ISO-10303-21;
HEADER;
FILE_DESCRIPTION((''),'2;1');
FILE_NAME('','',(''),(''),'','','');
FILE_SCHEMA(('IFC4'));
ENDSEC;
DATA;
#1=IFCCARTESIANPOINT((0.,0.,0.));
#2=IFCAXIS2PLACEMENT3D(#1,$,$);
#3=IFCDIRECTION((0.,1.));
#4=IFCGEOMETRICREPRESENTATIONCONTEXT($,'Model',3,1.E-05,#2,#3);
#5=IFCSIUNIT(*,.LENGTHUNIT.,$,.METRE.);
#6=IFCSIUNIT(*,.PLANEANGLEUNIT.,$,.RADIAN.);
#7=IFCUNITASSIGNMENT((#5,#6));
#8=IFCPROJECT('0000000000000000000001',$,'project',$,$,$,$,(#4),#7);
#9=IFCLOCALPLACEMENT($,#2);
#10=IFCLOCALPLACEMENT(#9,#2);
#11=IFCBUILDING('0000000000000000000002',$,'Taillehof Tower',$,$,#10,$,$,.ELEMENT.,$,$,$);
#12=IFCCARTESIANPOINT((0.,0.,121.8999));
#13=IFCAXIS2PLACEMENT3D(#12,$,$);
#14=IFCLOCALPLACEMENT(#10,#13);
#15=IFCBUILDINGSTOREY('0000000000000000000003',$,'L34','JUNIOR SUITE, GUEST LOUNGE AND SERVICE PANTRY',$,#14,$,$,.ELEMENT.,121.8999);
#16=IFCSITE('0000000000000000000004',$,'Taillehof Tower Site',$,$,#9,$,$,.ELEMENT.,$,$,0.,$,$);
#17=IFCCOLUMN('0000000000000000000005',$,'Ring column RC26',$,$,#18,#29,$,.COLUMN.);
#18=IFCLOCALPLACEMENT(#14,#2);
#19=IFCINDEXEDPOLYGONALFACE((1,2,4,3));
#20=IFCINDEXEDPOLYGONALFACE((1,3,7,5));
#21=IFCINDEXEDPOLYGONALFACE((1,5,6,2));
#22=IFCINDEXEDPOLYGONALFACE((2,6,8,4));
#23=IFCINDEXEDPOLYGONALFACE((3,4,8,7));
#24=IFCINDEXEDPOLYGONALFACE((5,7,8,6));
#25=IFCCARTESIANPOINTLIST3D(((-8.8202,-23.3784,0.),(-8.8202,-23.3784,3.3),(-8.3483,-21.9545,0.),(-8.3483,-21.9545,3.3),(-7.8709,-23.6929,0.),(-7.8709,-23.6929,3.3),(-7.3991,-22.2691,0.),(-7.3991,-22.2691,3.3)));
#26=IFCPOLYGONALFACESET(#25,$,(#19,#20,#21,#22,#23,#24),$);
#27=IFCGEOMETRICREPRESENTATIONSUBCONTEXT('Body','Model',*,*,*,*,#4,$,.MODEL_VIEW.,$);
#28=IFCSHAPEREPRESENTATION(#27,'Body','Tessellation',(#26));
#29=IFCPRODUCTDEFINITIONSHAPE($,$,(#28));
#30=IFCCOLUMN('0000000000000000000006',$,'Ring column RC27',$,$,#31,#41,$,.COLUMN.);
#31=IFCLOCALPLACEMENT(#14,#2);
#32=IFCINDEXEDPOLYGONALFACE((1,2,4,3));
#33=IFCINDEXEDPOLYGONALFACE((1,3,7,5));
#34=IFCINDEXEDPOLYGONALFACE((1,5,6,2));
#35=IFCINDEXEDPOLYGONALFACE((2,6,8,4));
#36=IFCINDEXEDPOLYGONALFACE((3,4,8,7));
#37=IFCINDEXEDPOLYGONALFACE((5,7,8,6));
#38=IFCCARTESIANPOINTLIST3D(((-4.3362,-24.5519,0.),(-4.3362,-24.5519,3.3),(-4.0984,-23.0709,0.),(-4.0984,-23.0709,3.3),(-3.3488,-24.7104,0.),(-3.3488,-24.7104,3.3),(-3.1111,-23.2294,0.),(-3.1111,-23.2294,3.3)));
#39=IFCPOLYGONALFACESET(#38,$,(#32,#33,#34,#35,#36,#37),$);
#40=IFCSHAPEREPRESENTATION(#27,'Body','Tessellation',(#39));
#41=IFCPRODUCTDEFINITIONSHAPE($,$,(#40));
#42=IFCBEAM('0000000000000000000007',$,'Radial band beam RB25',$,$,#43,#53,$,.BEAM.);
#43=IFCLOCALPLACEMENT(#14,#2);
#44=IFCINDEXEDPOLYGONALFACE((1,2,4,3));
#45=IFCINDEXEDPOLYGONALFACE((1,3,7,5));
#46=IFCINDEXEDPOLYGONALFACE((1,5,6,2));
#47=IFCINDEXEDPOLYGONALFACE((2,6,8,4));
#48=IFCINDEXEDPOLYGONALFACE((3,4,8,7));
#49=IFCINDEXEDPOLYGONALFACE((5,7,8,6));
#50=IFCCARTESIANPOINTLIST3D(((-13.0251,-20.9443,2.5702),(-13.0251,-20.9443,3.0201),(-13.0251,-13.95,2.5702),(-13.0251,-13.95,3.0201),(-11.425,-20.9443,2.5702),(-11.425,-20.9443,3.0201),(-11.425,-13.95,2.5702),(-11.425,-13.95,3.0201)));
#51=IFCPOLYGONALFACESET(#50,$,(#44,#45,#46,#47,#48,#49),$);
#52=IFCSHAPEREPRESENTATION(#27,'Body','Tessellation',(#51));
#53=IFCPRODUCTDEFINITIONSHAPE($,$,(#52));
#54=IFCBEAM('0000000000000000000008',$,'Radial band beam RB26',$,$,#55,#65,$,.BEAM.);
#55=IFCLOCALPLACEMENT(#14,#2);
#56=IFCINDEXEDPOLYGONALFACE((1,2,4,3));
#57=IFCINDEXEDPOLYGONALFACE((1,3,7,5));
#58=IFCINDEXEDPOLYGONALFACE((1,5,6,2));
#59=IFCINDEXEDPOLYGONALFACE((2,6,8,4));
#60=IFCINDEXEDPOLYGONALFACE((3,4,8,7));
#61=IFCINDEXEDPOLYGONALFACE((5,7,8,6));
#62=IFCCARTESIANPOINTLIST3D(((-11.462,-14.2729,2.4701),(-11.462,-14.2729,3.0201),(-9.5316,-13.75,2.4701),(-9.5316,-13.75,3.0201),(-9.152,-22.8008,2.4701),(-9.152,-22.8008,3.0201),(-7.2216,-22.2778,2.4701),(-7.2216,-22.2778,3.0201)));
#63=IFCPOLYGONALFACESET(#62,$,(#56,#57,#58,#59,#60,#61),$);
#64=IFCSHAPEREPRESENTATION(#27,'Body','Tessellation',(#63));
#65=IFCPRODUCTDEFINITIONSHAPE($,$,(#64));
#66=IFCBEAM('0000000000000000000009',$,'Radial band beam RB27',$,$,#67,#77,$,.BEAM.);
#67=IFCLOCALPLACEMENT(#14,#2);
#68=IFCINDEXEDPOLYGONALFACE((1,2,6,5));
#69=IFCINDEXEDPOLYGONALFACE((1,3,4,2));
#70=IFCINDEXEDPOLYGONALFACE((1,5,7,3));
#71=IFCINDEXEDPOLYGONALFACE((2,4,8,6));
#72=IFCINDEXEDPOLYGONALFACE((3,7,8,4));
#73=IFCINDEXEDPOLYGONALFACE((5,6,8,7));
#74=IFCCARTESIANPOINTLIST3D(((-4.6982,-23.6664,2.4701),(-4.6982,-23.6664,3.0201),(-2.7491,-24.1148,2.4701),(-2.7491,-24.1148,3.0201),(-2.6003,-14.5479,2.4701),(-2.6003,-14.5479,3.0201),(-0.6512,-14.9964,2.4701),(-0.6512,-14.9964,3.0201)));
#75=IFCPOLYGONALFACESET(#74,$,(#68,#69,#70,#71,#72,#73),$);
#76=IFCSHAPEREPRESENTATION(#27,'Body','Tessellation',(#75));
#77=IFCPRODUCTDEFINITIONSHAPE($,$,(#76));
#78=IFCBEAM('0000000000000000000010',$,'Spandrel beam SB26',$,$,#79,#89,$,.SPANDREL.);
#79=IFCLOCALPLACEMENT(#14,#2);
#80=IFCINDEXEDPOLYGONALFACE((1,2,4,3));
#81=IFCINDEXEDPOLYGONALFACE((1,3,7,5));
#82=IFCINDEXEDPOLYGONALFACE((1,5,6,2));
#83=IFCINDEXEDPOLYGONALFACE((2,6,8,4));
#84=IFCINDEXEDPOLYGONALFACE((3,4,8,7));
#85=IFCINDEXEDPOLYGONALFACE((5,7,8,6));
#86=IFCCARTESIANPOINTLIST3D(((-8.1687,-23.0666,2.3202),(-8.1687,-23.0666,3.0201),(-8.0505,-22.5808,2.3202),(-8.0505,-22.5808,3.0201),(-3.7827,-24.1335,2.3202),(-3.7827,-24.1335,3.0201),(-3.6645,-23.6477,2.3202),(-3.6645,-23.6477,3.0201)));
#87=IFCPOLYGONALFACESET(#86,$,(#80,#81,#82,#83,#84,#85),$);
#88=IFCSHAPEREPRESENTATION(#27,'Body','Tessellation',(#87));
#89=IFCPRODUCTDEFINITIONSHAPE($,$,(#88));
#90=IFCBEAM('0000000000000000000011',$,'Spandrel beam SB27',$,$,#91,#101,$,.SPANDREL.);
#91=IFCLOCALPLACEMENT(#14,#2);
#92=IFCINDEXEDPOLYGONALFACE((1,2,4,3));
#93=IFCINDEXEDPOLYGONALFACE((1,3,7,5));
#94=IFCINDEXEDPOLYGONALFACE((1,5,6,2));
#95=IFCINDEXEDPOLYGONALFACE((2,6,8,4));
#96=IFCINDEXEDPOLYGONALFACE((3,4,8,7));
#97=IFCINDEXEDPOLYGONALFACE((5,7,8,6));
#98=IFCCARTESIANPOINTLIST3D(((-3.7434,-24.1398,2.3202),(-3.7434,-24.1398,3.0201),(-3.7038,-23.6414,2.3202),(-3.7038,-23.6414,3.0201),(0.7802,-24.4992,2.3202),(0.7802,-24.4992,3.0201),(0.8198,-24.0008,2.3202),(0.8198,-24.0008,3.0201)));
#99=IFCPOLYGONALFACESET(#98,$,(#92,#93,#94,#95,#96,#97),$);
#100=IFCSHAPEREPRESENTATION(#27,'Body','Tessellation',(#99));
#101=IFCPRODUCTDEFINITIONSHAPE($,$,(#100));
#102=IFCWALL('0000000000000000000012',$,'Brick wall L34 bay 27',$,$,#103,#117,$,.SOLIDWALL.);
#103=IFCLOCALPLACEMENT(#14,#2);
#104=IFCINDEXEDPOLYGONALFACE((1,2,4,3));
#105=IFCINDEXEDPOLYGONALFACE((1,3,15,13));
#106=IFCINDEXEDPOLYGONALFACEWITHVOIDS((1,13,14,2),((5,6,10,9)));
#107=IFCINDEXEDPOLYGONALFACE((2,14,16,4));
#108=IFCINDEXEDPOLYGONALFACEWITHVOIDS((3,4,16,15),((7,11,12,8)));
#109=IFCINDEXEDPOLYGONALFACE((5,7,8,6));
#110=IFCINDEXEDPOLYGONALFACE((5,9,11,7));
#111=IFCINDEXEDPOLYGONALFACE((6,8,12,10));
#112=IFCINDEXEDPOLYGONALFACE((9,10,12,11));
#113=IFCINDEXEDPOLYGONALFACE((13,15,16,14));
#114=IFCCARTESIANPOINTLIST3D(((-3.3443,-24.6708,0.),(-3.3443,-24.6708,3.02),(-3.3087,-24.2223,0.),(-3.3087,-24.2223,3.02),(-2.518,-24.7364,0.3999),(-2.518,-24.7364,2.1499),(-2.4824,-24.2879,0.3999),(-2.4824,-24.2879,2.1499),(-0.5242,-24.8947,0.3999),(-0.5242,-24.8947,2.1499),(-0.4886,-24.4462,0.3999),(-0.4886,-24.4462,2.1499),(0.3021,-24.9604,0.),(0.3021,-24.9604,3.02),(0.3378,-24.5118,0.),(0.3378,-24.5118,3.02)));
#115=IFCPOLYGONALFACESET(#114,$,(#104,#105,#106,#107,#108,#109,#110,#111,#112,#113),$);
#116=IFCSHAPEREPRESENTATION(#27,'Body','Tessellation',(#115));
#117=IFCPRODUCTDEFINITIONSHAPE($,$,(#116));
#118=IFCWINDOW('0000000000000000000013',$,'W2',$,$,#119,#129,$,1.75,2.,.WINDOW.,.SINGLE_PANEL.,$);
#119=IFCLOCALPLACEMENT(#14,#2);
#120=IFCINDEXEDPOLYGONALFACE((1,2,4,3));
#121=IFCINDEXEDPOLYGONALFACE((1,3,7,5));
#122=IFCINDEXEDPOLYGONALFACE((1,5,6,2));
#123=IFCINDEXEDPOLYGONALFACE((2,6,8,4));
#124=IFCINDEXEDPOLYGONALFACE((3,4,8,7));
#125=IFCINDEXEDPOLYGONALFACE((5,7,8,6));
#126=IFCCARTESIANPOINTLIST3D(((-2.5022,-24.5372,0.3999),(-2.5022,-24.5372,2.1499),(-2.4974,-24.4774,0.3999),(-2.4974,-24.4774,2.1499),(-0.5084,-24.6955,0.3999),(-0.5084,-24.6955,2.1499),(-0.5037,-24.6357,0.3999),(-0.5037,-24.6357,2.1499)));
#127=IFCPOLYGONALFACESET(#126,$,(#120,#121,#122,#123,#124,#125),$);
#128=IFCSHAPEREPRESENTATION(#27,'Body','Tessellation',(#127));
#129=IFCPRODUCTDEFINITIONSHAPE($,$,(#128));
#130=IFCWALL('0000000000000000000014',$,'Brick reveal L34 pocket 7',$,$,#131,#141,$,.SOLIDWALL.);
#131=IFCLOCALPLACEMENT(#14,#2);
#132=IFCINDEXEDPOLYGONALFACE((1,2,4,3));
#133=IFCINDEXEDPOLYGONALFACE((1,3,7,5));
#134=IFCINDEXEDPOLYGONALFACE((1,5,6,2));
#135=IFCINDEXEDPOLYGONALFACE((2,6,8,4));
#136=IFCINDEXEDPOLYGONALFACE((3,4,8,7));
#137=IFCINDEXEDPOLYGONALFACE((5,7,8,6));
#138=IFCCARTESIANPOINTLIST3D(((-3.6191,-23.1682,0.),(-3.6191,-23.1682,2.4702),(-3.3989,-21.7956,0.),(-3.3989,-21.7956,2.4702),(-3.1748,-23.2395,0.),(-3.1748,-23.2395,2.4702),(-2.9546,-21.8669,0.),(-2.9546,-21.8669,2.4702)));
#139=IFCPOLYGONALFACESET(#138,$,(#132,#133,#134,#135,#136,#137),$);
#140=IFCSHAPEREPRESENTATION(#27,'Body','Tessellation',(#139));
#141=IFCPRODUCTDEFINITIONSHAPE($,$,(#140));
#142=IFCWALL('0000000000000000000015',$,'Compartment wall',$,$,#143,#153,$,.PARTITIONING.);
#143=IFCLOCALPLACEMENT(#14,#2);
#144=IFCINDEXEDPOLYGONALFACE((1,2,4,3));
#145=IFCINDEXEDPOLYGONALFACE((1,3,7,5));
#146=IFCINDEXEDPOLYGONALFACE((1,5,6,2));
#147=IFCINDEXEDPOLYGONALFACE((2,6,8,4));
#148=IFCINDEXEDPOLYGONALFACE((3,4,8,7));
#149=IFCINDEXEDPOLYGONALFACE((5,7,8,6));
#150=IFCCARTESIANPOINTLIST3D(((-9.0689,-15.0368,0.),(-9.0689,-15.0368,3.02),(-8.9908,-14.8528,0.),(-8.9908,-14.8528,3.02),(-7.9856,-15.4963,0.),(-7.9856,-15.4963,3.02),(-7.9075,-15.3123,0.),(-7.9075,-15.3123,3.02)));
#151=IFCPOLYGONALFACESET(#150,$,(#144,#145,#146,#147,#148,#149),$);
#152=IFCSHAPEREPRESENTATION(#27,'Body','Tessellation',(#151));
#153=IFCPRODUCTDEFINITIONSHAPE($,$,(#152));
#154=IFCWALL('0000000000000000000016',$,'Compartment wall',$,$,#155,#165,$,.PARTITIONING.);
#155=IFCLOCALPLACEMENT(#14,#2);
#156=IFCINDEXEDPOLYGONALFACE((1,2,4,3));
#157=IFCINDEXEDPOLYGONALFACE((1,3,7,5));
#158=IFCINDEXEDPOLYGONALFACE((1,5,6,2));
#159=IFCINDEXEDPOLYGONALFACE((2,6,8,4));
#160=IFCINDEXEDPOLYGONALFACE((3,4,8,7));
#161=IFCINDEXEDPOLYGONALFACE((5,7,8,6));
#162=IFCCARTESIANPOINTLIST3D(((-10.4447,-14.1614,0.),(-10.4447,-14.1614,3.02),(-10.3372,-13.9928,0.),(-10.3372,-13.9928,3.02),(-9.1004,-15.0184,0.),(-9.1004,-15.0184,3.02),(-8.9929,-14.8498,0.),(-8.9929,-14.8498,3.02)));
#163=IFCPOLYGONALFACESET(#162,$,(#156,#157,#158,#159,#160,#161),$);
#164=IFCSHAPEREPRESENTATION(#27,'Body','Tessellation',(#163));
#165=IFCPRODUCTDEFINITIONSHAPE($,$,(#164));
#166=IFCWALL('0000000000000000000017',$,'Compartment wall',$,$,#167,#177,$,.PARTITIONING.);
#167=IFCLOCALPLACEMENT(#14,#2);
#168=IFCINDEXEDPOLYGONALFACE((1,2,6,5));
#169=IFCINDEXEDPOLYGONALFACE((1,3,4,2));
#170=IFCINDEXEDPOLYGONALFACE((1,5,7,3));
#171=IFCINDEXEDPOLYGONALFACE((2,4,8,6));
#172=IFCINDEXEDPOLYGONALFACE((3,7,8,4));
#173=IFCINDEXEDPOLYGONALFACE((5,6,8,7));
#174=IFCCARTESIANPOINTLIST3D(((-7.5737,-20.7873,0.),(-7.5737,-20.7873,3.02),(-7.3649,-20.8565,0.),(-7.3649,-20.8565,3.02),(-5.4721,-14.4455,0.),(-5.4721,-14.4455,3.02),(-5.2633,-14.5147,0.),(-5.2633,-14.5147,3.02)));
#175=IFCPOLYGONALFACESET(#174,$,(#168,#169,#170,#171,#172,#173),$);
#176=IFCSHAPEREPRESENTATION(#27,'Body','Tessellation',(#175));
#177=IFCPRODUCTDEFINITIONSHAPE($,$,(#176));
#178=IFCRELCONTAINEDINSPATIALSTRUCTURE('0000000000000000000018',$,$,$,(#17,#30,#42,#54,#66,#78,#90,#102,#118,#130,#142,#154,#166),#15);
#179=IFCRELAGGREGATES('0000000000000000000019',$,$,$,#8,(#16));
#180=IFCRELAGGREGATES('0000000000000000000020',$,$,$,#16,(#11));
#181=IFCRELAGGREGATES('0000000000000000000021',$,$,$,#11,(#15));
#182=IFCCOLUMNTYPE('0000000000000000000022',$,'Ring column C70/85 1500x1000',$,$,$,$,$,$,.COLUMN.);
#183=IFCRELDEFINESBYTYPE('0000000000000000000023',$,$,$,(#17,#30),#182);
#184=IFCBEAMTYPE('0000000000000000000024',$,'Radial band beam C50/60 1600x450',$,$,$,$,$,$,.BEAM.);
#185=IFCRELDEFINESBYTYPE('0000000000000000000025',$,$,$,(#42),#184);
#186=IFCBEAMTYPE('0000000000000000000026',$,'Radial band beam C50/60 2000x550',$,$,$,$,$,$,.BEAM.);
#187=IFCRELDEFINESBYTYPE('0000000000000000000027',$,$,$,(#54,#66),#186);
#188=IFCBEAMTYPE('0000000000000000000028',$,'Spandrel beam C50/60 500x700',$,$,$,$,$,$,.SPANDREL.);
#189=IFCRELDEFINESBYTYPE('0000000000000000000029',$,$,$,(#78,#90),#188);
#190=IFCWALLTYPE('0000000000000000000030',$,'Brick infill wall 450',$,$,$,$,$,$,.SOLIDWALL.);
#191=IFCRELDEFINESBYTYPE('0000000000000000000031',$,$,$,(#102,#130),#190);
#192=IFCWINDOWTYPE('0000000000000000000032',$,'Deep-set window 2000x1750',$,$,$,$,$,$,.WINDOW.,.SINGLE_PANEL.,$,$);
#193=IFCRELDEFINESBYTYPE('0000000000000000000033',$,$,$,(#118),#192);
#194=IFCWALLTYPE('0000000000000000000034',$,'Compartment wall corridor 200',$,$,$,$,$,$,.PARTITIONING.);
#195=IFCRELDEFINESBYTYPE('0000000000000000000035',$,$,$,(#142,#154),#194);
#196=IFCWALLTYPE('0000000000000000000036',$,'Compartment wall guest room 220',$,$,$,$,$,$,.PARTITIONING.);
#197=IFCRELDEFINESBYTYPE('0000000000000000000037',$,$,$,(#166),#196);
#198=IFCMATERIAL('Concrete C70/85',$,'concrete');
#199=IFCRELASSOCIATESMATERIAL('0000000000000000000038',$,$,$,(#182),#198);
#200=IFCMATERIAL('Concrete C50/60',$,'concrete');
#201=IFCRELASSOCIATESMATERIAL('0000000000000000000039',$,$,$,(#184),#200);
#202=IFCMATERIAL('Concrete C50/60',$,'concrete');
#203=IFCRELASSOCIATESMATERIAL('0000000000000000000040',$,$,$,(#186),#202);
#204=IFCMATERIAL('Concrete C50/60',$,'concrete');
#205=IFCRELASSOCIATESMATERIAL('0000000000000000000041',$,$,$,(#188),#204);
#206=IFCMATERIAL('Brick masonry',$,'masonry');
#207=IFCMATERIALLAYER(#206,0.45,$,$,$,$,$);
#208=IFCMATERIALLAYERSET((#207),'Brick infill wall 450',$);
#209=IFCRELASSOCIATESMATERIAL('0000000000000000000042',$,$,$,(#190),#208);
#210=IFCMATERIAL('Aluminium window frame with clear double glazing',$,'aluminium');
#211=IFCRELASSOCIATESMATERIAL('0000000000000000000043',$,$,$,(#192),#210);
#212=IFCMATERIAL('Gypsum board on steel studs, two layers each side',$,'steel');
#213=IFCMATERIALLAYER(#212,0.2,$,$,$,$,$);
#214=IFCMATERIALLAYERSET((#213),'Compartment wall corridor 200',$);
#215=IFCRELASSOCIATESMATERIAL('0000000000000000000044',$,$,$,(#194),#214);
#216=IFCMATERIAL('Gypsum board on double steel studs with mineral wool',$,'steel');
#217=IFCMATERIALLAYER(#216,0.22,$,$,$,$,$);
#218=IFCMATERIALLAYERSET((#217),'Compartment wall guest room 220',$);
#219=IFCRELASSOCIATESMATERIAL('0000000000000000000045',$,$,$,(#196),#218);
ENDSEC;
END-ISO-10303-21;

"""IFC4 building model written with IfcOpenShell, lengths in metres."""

from ifc_helpers import new_model, si_unit, direction, frame, frame_2d, origin, origin_2d, place, context, subcontext, project, spatial, rectangle, extrude, material, layer, layer_set, material_profile, profile_set, type_object, element, fill, save


model = new_model("IFC4")

# Units and contexts
model_context = context("Model", 3, precision=1e-05, world=origin(), true_north=direction((0.0, 1.0)))
body_context = subcontext(model_context, "Body", "Model", "MODEL_VIEW")
ifc_project = project(units=[si_unit("LENGTHUNIT", "METRE"), si_unit("PLANEANGLEUNIT", "RADIAN")], contexts=[model_context])

# Site, building, storey
site_placement = place(None, origin())
site = spatial("IfcSite", under=ifc_project, at=site_placement, Name="Taillehof Tower Site", CompositionType="ELEMENT", RefElevation=0.0)
building_placement = place(site_placement, origin())
building = spatial("IfcBuilding", under=site, at=building_placement, Name="Taillehof Tower", CompositionType="ELEMENT")
storey_placement = place(building_placement, frame((0.0, 0.0, 121.8999)))
storey = spatial("IfcBuildingStorey", under=building, at=storey_placement, Name="L34", Description="JUNIOR SUITE, GUEST LOUNGE AND SERVICE PANTRY", CompositionType="ELEMENT", Elevation=121.8999)

# Columns
ifc_material_1 = material(Name="Concrete C70/85", Category="concrete")
ifc_material_profile_1 = material_profile(ifc_material_1, rectangle(XDim=1.5, YDim=1.0, at=origin_2d()), Name="RC 1500x1000")
ifc_profile_set_1 = profile_set([ifc_material_profile_1], Name="Concrete C70/85")
column_type = type_object("IfcColumnType", Name="Ring column C70/85 1500x1000", PredefinedType="COLUMN", material=ifc_profile_set_1)
for number, where, z_axis, x_axis, name in (
    (1, (-8.1096, -22.8237, 0.0), (0.0, 0.0, 1.0), (-0.314555, -0.949239, 0.0), "Ring column RC26"),
    (2, (-3.7236, -23.8906, 0.0), (0.0, 0.0, 1.0), (-0.158507, -0.987358, 0.0), "Ring column RC27"),
):
    element("IfcColumn", number, at=place(storey_placement, frame(where, z_axis=z_axis, x_axis=x_axis)), inside=storey, type_object=column_type, Name=name, PredefinedType="COLUMN", context=body_context, shape_type="SweptSolid", body=[
        extrude(rectangle(XDim=1.5, YDim=1.0, at=origin_2d()), origin(), (0.0, 0.0, 1.0), 3.3),
    ])

# Beams
ifc_material_2 = material(Name="Concrete C50/60", Category="concrete")
ifc_material_profile_2 = material_profile(ifc_material_2, rectangle(XDim=1.6001, YDim=0.45, at=origin_2d()), Name="RC 1600x450")
ifc_profile_set_2 = profile_set([ifc_material_profile_2], Name="Concrete C50/60")
beam_type_1 = type_object("IfcBeamType", Name="Radial band beam C50/60 1600x450", PredefinedType="BEAM", material=ifc_profile_set_2)
beam_1_placement = place(storey_placement, frame((-12.2251, -20.9443, 2.7952), z_axis=(0.0, 1.0, 0.0), x_axis=(-1.0, 0.0, 0.0)))
element("IfcBeam", 3, at=beam_1_placement, inside=storey, type_object=beam_type_1, Name="Radial band beam RB25", PredefinedType="BEAM", context=body_context, shape_type="SweptSolid", body=[
    extrude(rectangle(XDim=1.6001, YDim=0.45, at=origin_2d()), origin(), (0.0, 0.0, 1.0), 6.9944),
])
ifc_material_3 = material(Name="Concrete C50/60", Category="concrete")
ifc_material_profile_3 = material_profile(ifc_material_3, rectangle(XDim=2.0, YDim=0.55, at=origin_2d()), Name="RC 2000x550")
ifc_profile_set_3 = profile_set([ifc_material_profile_3], Name="Concrete C50/60")
beam_type_2 = type_object("IfcBeamType", Name="Radial band beam C50/60 2000x550", PredefinedType="BEAM", material=ifc_profile_set_3)
beam_2_placement = place(storey_placement, frame((-8.1868, -22.5393, 2.7451), z_axis=(-0.261462, 0.965214, 0.0), x_axis=(-0.965214, -0.261462, 0.0)))
element("IfcBeam", 4, at=beam_2_placement, inside=storey, type_object=beam_type_2, Name="Radial band beam RB26", PredefinedType="BEAM", context=body_context, shape_type="SweptSolid", body=[
    extrude(rectangle(XDim=2.0, YDim=0.55, at=origin_2d()), origin(), (0.0, 0.0, 1.0), 8.8352),
])
beam_3_placement = place(storey_placement, frame((-3.7236, -23.8906, 2.7451), z_axis=(0.224215, 0.97454, 0.0), x_axis=(-0.97454, 0.224215, 0.0)))
element("IfcBeam", 5, at=beam_3_placement, inside=storey, type_object=beam_type_2, Name="Radial band beam RB27", PredefinedType="BEAM", context=body_context, shape_type="SweptSolid", body=[
    extrude(rectangle(XDim=2.0, YDim=0.55, at=origin_2d()), origin(), (0.0, 0.0, 1.0), 9.3567),
])
ifc_material_4 = material(Name="Concrete C50/60", Category="concrete")
ifc_material_profile_4 = material_profile(ifc_material_4, rectangle(XDim=0.5, YDim=0.7, at=origin_2d()), Name="RC 500x700")
ifc_profile_set_4 = profile_set([ifc_material_profile_4], Name="Concrete C50/60")
beam_type_3 = type_object("IfcBeamType", Name="Spandrel beam C50/60 500x700", PredefinedType="SPANDREL", material=ifc_profile_set_4)
beam_4_placement = place(storey_placement, frame((-8.1096, -22.8237, 2.6702), z_axis=(0.971666, -0.236358, 0.0), x_axis=(0.236358, 0.971666, 0.0)))
element("IfcBeam", 6, at=beam_4_placement, inside=storey, type_object=beam_type_3, Name="Spandrel beam SB26", PredefinedType="SPANDREL", context=body_context, shape_type="SweptSolid", body=[
    extrude(rectangle(XDim=0.5, YDim=0.7, at=origin_2d()), origin(), (0.0, 0.0, 1.0), 4.5139),
])
beam_5_placement = place(storey_placement, frame((-3.7236, -23.8906, 2.6702), z_axis=(0.996859, -0.079194, 0.0), x_axis=(0.079194, 0.996859, 0.0)))
element("IfcBeam", 7, at=beam_5_placement, inside=storey, type_object=beam_type_3, Name="Spandrel beam SB27", PredefinedType="SPANDREL", context=body_context, shape_type="SweptSolid", body=[
    extrude(rectangle(XDim=0.5, YDim=0.7, at=origin_2d()), origin(), (0.0, 0.0, 1.0), 4.5378),
])

# Wall, opening, window
ifc_material_5 = material(Name="Brick masonry", Category="masonry")
ifc_layer_1 = layer(ifc_material_5, 0.45)
ifc_layer_set_1 = layer_set([ifc_layer_1], Name="Brick infill wall 450")
wall_type_1 = type_object("IfcWallType", Name="Brick infill wall 450", PredefinedType="SOLIDWALL", material=ifc_layer_set_1)
wall_1_placement = place(storey_placement, frame((-3.3267, -24.4465, 0.0), z_axis=(0.0, 0.0, 1.0), x_axis=(0.996862, -0.079156, 0.0)))
wall_1 = element("IfcWall", 8, at=wall_1_placement, inside=storey, type_object=wall_type_1, Name="Brick wall L34 bay 27", PredefinedType="SOLIDWALL", context=body_context, shape_type="SweptSolid", body=[
    extrude(rectangle(XDim=3.658, YDim=0.45, at=frame_2d((1.8291, 0.0))), origin(), (0.0, 0.0, 1.0), 3.02),
])
opening_1_placement = place(wall_1_placement, frame((0.8291, 0.0, 0.3999)))
opening_1 = element("IfcOpeningElement", 9, at=opening_1_placement, cuts=wall_1, PredefinedType="OPENING", context=body_context, shape_type="SweptSolid", body=[
    extrude(rectangle(XDim=2.0, YDim=1.75, at=frame_2d((1.0, 0.875))), frame((0.0, 0.2349, 0.0), z_axis=(0.0, -1.0, 0.0), x_axis=(1.0, 0.0, 0.0)), (0.0, 0.0, 1.0), 0.47),
])
ifc_material_6 = material(Name="Aluminium window frame with clear double glazing", Category="aluminium")
window_type_1 = type_object("IfcWindowType", Name="Deep-set window 2000x1750", PartitioningType="SINGLE_PANEL", PredefinedType="WINDOW", material=ifc_material_6)
window_1_placement = place(opening_1_placement, origin())
window_1 = element("IfcWindow", 10, at=window_1_placement, inside=storey, type_object=window_type_1, Name="W2", OverallHeight=1.75, OverallWidth=2.0, PartitioningType="SINGLE_PANEL", PredefinedType="WINDOW", context=body_context, shape_type="SweptSolid", body=[
    extrude(rectangle(XDim=2.0, YDim=1.75, at=frame_2d((1.0, 0.875))), frame((0.0, 0.0349, 0.0), z_axis=(0.0, -1.0, 0.0), x_axis=(1.0, 0.0, 0.0)), (0.0, 0.0, 1.0), 0.0601),
])
fill(opening_1, window_1)

# Wall
wall_2_placement = place(storey_placement, frame((-3.397, -23.2039, 0.0), z_axis=(0.0, 0.0, 1.0), x_axis=(0.158415, 0.987373, 0.0)))
element("IfcWall", 11, at=wall_2_placement, inside=storey, type_object=wall_type_1, Name="Brick reveal L34 pocket 7", PredefinedType="SOLIDWALL", context=body_context, shape_type="SweptSolid", body=[
    extrude(rectangle(XDim=1.3901, YDim=0.45, at=frame_2d((0.6951, 0.0))), origin(), (0.0, 0.0, 1.0), 2.4702),
])

# Walls
ifc_material_7 = material(Name="Gypsum board on steel studs, two layers each side", Category="steel")
ifc_layer_2 = layer(ifc_material_7, 0.2)
ifc_layer_set_2 = layer_set([ifc_layer_2], Name="Compartment wall corridor 200")
wall_type_2 = type_object("IfcWallType", Name="Compartment wall corridor 200", PredefinedType="PARTITIONING", material=ifc_layer_set_2)
wall_3_placement = place(storey_placement, frame((-7.9465, -15.4043, 0.0), z_axis=(0.0, 0.0, 1.0), x_axis=(-0.920609, 0.390486, 0.0)))
element("IfcWall", 12, at=wall_3_placement, inside=storey, type_object=wall_type_2, Name="Compartment wall", PredefinedType="PARTITIONING", context=body_context, shape_type="SweptSolid", body=[
    extrude(rectangle(XDim=1.1768, YDim=0.2, at=frame_2d((0.5884, 0.0))), origin(), (0.0, 0.0, 1.0), 3.02),
])
wall_4_placement = place(storey_placement, frame((-9.0466, -14.9341, 0.0), z_axis=(0.0, 0.0, 1.0), x_axis=(-0.843232, 0.537549, 0.0)))
element("IfcWall", 13, at=wall_4_placement, inside=storey, type_object=wall_type_2, Name="Compartment wall", PredefinedType="PARTITIONING", context=body_context, shape_type="SweptSolid", body=[
    extrude(rectangle(XDim=1.5942, YDim=0.2, at=frame_2d((0.7971, 0.0))), origin(), (0.0, 0.0, 1.0), 3.02),
])
ifc_material_8 = material(Name="Gypsum board on double steel studs with mineral wool", Category="steel")
ifc_layer_3 = layer(ifc_material_8, 0.22)
ifc_layer_set_3 = layer_set([ifc_layer_3], Name="Compartment wall guest room 220")
wall_type_3 = type_object("IfcWallType", Name="Compartment wall guest room 220", PredefinedType="PARTITIONING", material=ifc_layer_set_3)
wall_5_placement = place(storey_placement, frame((-7.4692, -20.8218, 0.0), z_axis=(0.0, 0.0, 1.0), x_axis=(0.314561, 0.949237, 0.0)))
element("IfcWall", 14, at=wall_5_placement, inside=storey, type_object=wall_type_3, Name="Compartment wall", PredefinedType="PARTITIONING", context=body_context, shape_type="SweptSolid", body=[
    extrude(rectangle(XDim=6.6809, YDim=0.22, at=frame_2d((3.3403, 0.0))), origin(), (0.0, 0.0, 1.0), 3.02),
])

save(model, "model.ifc")
